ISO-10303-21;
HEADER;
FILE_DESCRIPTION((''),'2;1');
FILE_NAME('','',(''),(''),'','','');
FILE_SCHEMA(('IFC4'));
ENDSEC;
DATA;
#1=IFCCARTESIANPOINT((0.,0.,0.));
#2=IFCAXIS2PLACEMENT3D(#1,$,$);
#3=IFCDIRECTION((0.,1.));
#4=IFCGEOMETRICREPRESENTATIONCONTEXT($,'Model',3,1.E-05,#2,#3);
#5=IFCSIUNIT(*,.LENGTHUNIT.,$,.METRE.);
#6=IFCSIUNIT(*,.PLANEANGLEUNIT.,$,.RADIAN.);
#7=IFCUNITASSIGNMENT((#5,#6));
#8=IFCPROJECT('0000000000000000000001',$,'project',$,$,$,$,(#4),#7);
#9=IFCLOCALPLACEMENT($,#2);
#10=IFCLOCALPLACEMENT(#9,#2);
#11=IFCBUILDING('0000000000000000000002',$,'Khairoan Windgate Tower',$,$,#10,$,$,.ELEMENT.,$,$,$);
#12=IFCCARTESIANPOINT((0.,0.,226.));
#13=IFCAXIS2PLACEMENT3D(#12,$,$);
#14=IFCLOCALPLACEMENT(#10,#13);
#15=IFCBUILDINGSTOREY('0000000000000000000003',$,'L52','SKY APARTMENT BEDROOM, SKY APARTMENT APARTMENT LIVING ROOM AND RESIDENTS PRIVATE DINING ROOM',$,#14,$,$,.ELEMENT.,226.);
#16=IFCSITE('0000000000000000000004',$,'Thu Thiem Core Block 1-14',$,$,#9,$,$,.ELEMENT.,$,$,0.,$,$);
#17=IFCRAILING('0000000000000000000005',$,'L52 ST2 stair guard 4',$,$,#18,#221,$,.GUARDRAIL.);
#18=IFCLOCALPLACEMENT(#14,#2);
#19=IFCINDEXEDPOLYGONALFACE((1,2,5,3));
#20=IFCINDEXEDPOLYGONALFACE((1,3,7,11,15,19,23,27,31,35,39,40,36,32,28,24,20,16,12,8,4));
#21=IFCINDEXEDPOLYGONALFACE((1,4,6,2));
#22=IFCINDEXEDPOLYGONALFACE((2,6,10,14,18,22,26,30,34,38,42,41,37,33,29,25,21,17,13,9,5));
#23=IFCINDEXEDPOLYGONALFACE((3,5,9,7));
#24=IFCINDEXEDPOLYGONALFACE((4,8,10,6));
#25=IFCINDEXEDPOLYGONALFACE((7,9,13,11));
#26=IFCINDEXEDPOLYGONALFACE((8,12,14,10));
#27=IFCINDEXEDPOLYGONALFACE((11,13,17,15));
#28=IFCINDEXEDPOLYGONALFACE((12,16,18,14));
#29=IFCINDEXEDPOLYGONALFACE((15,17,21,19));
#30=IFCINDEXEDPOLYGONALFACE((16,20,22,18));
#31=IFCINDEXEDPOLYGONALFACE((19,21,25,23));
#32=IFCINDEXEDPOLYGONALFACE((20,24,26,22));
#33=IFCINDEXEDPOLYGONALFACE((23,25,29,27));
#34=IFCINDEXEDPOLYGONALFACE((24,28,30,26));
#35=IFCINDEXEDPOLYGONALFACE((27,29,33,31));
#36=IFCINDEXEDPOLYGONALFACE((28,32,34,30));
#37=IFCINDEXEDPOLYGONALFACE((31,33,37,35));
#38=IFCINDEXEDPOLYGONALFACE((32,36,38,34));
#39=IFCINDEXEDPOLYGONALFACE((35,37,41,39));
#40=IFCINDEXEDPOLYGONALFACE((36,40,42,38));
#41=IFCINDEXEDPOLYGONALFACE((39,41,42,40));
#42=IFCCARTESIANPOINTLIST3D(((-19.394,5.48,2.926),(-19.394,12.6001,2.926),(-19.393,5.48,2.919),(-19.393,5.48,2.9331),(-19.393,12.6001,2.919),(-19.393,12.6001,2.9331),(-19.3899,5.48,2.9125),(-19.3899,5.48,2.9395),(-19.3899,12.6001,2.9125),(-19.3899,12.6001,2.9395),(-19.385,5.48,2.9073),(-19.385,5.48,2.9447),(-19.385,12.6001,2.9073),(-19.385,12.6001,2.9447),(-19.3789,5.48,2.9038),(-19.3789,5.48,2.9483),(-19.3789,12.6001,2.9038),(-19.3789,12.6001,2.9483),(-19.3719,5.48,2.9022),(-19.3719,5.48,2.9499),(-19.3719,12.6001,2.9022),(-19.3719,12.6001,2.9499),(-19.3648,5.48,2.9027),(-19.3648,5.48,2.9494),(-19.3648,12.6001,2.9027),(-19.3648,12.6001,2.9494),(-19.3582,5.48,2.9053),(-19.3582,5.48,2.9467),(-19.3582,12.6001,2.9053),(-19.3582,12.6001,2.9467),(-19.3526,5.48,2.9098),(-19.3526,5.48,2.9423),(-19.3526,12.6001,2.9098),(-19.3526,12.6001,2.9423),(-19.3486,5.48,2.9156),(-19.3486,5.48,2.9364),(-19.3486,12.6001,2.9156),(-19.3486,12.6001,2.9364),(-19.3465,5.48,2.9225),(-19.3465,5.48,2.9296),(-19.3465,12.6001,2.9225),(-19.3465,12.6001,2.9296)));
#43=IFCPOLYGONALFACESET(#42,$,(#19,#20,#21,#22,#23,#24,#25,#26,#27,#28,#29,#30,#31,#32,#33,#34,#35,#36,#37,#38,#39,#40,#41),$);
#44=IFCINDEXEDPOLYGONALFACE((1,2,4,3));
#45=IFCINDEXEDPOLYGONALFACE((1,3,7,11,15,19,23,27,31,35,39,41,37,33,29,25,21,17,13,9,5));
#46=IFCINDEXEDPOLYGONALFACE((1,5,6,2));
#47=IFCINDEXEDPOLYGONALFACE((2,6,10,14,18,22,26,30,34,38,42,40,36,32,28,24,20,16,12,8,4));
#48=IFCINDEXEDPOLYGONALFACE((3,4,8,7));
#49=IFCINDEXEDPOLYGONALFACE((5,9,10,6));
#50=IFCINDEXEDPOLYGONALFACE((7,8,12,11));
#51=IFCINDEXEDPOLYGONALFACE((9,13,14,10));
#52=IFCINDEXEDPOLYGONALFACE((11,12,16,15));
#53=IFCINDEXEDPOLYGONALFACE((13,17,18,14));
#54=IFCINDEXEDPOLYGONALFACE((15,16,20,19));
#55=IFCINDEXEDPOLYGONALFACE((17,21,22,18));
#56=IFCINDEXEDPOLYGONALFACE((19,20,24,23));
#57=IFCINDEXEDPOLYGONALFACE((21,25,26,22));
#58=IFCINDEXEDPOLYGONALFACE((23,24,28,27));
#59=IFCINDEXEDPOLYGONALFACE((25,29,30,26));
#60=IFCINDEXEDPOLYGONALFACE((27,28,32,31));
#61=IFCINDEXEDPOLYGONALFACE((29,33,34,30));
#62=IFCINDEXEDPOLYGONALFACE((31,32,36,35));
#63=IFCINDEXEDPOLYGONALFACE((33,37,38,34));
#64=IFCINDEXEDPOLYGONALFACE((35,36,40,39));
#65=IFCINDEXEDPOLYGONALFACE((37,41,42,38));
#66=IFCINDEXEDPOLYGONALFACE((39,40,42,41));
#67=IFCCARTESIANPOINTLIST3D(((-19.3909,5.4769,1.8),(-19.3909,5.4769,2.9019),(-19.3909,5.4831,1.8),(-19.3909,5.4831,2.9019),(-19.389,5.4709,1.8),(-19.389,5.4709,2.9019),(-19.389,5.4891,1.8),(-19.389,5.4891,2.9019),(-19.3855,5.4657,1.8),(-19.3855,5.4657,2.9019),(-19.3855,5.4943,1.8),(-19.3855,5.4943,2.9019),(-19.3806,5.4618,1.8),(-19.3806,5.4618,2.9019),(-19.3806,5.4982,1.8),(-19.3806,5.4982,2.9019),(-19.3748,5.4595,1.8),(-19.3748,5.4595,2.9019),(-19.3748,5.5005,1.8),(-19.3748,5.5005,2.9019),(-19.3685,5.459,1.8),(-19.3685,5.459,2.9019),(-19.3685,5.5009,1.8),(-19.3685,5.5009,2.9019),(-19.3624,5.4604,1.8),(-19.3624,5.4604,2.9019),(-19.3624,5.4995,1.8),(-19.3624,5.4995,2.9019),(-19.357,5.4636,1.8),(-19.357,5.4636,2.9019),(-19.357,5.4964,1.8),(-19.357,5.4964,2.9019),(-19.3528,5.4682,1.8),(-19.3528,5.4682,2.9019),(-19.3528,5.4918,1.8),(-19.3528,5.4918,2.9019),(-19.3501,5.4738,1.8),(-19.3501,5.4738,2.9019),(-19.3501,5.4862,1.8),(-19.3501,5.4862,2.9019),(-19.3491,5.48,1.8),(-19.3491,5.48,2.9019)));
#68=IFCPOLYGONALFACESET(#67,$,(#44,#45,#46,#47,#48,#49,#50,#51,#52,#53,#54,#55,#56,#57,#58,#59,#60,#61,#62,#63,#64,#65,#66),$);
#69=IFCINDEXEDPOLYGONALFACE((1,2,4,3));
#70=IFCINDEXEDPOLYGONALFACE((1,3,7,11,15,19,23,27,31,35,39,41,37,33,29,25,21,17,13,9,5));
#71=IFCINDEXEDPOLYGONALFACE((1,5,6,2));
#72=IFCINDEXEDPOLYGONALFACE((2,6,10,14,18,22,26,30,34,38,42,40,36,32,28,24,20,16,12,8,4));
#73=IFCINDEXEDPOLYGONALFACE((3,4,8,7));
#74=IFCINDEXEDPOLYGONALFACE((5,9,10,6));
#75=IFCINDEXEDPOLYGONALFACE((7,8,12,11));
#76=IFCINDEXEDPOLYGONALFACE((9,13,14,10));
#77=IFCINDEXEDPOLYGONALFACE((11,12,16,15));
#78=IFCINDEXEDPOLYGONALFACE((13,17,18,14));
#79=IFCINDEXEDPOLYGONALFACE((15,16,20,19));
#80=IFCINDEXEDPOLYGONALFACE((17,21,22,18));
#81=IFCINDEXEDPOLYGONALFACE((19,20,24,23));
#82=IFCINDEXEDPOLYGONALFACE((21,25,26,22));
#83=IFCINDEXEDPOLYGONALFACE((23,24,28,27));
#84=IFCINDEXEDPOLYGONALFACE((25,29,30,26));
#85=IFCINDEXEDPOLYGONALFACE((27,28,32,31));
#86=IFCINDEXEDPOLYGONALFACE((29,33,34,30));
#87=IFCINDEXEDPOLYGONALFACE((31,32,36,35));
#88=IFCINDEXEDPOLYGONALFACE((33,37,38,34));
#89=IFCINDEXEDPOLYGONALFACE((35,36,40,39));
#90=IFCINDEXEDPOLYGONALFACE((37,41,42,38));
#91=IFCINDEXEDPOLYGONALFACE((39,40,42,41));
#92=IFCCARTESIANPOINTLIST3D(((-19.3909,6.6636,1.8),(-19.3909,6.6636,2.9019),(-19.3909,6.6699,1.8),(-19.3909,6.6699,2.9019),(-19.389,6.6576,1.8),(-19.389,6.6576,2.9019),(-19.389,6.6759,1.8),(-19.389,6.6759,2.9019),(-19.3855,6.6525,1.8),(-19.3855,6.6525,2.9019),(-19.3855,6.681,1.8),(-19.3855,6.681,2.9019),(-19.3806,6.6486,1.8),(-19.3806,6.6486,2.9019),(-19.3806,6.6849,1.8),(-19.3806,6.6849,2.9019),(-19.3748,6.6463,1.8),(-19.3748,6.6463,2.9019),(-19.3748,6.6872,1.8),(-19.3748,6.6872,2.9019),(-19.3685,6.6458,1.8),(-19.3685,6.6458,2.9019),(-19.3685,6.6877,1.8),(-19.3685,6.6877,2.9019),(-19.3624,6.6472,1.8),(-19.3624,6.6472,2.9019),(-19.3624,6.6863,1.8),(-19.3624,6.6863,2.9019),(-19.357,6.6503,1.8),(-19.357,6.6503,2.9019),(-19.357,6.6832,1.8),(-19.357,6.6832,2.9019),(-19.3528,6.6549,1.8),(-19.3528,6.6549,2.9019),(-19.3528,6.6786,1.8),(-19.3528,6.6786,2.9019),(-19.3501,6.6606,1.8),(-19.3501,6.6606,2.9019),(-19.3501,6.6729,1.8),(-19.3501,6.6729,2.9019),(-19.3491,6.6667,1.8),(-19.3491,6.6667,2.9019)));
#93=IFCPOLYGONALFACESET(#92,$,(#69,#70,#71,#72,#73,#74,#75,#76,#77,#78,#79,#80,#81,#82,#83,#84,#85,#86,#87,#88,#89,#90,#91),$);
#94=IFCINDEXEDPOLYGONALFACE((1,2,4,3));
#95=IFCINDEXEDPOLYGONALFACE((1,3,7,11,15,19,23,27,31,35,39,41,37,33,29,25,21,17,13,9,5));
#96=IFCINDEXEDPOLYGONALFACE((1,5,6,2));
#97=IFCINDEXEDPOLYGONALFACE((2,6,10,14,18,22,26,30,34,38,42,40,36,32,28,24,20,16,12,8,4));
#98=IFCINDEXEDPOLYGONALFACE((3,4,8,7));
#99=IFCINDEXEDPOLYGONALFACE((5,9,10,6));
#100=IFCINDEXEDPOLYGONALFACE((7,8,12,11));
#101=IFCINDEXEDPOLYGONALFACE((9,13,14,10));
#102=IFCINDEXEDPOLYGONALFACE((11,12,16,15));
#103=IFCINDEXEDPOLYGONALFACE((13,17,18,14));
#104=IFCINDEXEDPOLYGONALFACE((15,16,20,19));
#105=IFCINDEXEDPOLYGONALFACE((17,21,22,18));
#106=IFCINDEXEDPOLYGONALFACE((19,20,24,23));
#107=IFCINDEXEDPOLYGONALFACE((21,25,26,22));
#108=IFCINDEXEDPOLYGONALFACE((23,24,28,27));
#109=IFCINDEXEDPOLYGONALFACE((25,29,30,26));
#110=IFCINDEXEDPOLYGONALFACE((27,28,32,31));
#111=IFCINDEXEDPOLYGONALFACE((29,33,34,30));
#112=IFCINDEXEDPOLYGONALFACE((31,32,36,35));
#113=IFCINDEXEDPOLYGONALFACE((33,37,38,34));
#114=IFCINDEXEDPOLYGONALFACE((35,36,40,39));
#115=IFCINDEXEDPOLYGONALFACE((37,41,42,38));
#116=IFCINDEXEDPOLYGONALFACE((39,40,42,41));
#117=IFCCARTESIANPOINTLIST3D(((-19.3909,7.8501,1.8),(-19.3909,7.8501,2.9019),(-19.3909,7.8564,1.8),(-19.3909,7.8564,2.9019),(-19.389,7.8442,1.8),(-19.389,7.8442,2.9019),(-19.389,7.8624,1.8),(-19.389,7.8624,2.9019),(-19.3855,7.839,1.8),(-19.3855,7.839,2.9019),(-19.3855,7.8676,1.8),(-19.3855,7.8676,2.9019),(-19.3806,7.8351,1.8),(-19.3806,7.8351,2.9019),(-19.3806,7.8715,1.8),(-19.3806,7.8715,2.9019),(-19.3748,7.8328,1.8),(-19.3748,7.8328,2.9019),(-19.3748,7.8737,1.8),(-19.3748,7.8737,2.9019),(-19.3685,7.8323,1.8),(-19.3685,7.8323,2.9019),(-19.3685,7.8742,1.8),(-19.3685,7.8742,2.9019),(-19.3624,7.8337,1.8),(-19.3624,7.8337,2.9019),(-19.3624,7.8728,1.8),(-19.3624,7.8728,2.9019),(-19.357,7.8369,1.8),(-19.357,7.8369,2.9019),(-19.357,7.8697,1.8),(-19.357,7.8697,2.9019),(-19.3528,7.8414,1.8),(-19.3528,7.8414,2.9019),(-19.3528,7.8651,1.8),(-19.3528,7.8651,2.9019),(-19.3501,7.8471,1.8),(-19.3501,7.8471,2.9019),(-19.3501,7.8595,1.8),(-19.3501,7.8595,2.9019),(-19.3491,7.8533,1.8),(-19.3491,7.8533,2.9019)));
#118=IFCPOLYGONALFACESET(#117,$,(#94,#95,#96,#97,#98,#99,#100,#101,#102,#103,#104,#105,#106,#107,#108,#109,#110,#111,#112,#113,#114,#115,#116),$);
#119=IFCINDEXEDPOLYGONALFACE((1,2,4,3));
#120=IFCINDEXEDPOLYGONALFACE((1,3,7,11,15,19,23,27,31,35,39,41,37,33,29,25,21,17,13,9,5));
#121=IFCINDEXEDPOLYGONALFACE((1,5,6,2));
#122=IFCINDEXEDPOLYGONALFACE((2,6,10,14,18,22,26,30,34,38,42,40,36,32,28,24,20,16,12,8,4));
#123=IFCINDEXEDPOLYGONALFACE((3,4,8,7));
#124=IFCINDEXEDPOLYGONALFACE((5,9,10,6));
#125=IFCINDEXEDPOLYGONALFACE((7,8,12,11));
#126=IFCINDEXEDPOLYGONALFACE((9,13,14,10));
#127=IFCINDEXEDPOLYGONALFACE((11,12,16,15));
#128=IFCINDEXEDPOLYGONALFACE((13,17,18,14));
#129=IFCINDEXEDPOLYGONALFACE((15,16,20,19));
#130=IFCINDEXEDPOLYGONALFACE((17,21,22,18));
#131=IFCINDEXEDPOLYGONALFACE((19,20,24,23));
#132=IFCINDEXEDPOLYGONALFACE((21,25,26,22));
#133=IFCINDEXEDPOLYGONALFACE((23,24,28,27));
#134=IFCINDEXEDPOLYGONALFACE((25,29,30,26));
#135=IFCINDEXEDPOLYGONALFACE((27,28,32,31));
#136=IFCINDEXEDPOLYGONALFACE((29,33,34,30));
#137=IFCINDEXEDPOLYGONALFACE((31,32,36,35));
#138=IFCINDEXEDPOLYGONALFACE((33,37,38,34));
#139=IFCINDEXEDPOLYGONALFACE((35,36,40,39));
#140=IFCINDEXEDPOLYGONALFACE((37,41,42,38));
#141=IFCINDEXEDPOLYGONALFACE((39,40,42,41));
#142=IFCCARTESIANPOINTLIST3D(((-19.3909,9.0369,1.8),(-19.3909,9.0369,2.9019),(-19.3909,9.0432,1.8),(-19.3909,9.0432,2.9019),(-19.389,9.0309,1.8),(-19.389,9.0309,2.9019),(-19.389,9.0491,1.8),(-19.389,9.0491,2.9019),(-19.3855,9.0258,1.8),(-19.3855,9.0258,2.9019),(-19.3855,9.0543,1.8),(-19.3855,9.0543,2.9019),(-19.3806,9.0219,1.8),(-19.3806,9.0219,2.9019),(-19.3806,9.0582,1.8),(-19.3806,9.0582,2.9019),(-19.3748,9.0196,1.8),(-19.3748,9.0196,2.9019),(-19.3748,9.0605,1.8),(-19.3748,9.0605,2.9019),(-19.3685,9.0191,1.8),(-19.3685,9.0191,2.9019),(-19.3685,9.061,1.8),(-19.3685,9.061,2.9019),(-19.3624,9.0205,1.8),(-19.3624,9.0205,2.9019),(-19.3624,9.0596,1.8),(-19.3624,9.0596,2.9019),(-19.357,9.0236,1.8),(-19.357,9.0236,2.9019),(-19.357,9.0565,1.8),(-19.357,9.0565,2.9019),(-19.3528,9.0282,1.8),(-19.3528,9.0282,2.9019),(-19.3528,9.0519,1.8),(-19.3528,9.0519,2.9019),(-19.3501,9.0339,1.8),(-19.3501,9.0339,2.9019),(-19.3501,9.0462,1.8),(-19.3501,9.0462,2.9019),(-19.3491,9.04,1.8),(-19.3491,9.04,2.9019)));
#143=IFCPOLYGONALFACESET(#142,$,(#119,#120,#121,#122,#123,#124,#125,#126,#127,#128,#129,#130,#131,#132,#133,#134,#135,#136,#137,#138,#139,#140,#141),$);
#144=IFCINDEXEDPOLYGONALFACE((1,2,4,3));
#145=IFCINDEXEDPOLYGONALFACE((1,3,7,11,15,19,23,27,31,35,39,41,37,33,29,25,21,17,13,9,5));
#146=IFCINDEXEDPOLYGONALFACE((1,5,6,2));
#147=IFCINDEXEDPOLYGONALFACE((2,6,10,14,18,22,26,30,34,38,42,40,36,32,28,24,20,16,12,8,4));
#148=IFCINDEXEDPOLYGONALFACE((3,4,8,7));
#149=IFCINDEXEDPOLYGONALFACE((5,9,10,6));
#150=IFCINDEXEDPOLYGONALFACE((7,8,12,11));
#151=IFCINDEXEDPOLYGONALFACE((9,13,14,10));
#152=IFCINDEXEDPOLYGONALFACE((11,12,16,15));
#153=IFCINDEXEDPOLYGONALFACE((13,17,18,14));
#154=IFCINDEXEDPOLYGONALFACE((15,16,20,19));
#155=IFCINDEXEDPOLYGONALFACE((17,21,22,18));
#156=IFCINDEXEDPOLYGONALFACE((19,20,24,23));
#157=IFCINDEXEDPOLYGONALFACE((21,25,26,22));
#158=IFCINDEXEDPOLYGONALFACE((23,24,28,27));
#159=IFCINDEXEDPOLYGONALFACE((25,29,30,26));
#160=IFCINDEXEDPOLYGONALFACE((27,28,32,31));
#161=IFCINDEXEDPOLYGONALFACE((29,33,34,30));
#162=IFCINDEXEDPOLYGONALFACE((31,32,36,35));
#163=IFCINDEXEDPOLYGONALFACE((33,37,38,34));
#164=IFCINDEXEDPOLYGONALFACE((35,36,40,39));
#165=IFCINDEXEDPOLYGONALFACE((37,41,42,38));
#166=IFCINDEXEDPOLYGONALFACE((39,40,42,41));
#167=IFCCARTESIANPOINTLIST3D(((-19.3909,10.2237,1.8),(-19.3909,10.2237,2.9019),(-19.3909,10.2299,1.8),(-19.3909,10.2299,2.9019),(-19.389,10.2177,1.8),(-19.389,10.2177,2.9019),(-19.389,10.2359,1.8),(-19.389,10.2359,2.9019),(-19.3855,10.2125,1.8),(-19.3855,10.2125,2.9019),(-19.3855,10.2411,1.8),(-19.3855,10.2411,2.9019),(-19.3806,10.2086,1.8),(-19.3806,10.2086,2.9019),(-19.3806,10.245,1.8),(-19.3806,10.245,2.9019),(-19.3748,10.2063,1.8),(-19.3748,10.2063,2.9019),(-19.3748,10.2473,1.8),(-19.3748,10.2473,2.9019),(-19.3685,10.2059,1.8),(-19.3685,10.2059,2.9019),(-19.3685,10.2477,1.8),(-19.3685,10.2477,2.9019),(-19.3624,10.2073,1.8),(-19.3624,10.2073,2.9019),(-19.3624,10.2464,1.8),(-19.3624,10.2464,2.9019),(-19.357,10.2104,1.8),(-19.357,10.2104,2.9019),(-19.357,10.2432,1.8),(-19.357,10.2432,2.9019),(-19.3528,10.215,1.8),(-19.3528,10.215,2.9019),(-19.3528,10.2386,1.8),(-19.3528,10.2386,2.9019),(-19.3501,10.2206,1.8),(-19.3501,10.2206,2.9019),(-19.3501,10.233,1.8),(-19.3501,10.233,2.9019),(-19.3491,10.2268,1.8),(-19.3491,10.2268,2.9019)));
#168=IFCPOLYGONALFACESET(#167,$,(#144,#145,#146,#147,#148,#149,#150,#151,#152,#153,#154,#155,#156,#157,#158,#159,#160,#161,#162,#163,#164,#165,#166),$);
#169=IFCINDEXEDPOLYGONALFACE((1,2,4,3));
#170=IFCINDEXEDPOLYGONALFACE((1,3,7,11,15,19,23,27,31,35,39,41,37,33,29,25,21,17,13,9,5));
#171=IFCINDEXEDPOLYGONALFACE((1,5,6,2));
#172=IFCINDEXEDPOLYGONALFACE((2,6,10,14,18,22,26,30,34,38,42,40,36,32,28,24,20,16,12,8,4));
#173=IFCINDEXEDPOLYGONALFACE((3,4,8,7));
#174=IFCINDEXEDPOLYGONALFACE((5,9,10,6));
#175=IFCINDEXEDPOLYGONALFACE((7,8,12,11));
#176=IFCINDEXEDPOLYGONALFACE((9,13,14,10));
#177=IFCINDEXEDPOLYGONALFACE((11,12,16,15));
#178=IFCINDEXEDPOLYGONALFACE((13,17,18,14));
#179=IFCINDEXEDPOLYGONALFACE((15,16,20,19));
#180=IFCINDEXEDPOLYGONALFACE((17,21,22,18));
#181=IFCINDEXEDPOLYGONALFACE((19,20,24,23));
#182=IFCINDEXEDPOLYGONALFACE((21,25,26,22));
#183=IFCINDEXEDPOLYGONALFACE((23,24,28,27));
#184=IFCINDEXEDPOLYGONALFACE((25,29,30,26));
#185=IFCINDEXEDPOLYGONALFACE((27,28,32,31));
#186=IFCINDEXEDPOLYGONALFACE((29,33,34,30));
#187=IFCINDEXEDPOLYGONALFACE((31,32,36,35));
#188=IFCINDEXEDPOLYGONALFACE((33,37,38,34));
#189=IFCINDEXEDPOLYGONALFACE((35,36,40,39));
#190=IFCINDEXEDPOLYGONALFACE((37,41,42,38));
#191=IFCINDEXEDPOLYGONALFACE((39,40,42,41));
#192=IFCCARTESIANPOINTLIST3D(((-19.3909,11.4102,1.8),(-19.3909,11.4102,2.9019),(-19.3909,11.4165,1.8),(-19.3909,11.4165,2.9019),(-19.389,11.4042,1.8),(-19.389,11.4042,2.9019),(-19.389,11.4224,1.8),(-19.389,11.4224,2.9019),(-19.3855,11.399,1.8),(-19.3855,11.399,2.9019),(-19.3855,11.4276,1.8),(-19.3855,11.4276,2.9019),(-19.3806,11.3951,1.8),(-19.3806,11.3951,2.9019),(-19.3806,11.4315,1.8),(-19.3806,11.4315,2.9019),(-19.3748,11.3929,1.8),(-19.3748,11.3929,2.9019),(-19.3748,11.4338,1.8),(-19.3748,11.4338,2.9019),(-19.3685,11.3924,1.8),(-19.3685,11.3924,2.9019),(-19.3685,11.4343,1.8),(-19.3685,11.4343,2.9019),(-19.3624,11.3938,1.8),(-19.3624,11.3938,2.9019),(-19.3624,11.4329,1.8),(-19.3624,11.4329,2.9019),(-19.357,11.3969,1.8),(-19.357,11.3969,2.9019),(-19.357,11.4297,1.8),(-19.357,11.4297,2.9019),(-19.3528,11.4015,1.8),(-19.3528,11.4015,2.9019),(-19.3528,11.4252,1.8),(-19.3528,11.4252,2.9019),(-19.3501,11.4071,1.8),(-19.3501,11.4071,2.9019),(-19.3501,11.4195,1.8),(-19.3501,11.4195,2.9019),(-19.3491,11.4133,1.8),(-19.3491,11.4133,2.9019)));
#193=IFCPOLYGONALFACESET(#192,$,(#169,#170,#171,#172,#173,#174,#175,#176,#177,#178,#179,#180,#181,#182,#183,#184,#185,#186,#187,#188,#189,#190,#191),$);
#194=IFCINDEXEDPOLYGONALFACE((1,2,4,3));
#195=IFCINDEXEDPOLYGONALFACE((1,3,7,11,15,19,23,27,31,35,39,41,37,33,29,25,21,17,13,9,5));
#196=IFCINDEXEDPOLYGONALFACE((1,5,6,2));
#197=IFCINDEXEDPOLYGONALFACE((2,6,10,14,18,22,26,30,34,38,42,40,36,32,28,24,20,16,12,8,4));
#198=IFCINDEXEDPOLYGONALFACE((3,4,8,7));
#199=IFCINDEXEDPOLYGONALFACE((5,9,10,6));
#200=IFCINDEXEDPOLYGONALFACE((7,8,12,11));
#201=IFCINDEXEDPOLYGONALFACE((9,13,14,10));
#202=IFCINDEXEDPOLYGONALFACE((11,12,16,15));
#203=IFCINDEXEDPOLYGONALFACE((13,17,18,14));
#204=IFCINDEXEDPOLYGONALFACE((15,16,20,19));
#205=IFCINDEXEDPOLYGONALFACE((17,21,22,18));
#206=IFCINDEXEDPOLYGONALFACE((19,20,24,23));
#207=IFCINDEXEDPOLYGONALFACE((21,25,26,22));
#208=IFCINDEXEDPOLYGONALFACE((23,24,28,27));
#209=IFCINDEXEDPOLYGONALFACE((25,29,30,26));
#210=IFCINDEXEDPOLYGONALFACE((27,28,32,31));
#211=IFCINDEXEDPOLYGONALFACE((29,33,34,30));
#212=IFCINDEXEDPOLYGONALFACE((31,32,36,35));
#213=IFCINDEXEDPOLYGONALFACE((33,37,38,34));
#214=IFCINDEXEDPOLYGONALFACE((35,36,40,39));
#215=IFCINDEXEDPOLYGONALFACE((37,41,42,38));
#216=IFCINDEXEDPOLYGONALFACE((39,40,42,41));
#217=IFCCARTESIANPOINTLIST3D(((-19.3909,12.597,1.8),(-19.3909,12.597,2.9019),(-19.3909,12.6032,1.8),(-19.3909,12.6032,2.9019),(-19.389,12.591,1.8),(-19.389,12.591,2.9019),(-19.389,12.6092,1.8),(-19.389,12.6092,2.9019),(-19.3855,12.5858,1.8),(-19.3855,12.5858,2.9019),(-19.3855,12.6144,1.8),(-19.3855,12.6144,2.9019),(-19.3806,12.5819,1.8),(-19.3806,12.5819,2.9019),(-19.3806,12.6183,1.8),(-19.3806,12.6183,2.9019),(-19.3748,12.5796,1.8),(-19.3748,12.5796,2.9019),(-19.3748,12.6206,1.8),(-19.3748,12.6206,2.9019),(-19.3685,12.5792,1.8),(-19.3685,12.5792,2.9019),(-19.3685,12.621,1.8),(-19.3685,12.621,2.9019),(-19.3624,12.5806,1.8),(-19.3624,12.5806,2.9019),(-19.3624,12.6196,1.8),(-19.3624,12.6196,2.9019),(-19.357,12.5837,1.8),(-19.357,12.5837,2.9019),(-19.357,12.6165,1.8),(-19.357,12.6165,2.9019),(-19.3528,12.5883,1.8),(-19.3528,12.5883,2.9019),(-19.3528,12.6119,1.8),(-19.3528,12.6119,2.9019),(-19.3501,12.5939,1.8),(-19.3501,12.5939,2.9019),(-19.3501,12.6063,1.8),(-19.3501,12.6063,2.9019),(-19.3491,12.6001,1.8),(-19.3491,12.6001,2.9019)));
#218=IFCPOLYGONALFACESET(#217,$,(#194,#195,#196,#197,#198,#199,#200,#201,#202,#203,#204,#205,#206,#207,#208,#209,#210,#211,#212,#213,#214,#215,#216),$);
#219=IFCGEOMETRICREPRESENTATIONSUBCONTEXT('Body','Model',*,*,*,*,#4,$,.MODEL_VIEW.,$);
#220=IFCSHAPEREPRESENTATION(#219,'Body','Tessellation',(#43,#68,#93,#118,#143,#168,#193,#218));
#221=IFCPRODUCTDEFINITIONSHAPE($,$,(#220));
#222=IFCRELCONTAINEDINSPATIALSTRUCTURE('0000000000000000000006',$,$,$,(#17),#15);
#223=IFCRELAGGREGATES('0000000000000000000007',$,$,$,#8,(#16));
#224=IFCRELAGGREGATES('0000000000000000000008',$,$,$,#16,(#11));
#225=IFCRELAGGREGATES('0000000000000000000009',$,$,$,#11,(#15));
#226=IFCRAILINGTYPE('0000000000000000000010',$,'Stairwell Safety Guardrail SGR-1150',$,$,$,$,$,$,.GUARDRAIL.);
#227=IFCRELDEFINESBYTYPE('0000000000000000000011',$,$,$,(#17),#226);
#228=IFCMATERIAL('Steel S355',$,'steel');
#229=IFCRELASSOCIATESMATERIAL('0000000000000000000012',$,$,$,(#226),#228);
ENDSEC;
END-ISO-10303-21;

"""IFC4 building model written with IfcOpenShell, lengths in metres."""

from ifc_helpers import new_model, si_unit, direction, frame, origin, origin_2d, place, context, subcontext, project, spatial, circle, extrude, material, type_object, element, save


model = new_model("IFC4")

# Units and contexts
model_context = context("Model", 3, precision=1e-05, world=origin(), true_north=direction((0.0, 1.0)))
body_context = subcontext(model_context, "Body", "Model", "MODEL_VIEW")
ifc_project = project(units=[si_unit("LENGTHUNIT", "METRE"), si_unit("PLANEANGLEUNIT", "RADIAN")], contexts=[model_context])

# Site, building, storey
site_placement = place(None, origin())
site = spatial("IfcSite", under=ifc_project, at=site_placement, Name="Thu Thiem Core Block 1-14", CompositionType="ELEMENT", RefElevation=0.0)
building_placement = place(site_placement, origin())
building = spatial("IfcBuilding", under=site, at=building_placement, Name="Khairoan Windgate Tower", CompositionType="ELEMENT")
storey_placement = place(building_placement, frame((0.0, 0.0, 226.0)))
storey = spatial("IfcBuildingStorey", under=building, at=storey_placement, Name="L52", Description="SKY APARTMENT BEDROOM, SKY APARTMENT APARTMENT LIVING ROOM AND RESIDENTS PRIVATE DINING ROOM", CompositionType="ELEMENT", Elevation=226.0)

# Railing
ifc_material_1 = material(Name="Steel S355", Category="steel")
railing_type_1 = type_object("IfcRailingType", Name="Stairwell Safety Guardrail SGR-1150", PredefinedType="GUARDRAIL", material=ifc_material_1)
railing_1_placement = place(storey_placement, frame((-19.3701, 5.48, 1.8)))
element("IfcRailing", 1, at=railing_1_placement, inside=storey, type_object=railing_type_1, Name="L52 ST2 stair guard 4", PredefinedType="GUARDRAIL", context=body_context, shape_type="SweptSolid", body=[
    extrude(circle(Radius=0.0239, at=origin_2d()), frame((0.0, 0.0, 1.126), z_axis=(0.0, 1.0, 0.0), x_axis=(-1.0, 0.0, 0.0)), (0.0, 0.0, 1.0), 7.1201),
    extrude(circle(Radius=0.021, at=origin_2d()), origin(), (0.0, 0.0, 1.0), 1.1018),
    extrude(circle(Radius=0.021, at=origin_2d()), frame((0.0, 1.1868, 0.0)), (0.0, 0.0, 1.0), 1.1018),
    extrude(circle(Radius=0.021, at=origin_2d()), frame((0.0, 2.3733, 0.0)), (0.0, 0.0, 1.0), 1.1018),
    extrude(circle(Radius=0.021, at=origin_2d()), frame((0.0, 3.5601, 0.0)), (0.0, 0.0, 1.0), 1.1018),
    extrude(circle(Radius=0.021, at=origin_2d()), frame((0.0, 4.7468, 0.0)), (0.0, 0.0, 1.0), 1.1018),
    extrude(circle(Radius=0.021, at=origin_2d()), frame((0.0, 5.9333, 0.0)), (0.0, 0.0, 1.0), 1.1018),
    extrude(circle(Radius=0.021, at=origin_2d()), frame((0.0, 7.1201, 0.0)), (0.0, 0.0, 1.0), 1.1018),
])

save(model, "model.ifc")
